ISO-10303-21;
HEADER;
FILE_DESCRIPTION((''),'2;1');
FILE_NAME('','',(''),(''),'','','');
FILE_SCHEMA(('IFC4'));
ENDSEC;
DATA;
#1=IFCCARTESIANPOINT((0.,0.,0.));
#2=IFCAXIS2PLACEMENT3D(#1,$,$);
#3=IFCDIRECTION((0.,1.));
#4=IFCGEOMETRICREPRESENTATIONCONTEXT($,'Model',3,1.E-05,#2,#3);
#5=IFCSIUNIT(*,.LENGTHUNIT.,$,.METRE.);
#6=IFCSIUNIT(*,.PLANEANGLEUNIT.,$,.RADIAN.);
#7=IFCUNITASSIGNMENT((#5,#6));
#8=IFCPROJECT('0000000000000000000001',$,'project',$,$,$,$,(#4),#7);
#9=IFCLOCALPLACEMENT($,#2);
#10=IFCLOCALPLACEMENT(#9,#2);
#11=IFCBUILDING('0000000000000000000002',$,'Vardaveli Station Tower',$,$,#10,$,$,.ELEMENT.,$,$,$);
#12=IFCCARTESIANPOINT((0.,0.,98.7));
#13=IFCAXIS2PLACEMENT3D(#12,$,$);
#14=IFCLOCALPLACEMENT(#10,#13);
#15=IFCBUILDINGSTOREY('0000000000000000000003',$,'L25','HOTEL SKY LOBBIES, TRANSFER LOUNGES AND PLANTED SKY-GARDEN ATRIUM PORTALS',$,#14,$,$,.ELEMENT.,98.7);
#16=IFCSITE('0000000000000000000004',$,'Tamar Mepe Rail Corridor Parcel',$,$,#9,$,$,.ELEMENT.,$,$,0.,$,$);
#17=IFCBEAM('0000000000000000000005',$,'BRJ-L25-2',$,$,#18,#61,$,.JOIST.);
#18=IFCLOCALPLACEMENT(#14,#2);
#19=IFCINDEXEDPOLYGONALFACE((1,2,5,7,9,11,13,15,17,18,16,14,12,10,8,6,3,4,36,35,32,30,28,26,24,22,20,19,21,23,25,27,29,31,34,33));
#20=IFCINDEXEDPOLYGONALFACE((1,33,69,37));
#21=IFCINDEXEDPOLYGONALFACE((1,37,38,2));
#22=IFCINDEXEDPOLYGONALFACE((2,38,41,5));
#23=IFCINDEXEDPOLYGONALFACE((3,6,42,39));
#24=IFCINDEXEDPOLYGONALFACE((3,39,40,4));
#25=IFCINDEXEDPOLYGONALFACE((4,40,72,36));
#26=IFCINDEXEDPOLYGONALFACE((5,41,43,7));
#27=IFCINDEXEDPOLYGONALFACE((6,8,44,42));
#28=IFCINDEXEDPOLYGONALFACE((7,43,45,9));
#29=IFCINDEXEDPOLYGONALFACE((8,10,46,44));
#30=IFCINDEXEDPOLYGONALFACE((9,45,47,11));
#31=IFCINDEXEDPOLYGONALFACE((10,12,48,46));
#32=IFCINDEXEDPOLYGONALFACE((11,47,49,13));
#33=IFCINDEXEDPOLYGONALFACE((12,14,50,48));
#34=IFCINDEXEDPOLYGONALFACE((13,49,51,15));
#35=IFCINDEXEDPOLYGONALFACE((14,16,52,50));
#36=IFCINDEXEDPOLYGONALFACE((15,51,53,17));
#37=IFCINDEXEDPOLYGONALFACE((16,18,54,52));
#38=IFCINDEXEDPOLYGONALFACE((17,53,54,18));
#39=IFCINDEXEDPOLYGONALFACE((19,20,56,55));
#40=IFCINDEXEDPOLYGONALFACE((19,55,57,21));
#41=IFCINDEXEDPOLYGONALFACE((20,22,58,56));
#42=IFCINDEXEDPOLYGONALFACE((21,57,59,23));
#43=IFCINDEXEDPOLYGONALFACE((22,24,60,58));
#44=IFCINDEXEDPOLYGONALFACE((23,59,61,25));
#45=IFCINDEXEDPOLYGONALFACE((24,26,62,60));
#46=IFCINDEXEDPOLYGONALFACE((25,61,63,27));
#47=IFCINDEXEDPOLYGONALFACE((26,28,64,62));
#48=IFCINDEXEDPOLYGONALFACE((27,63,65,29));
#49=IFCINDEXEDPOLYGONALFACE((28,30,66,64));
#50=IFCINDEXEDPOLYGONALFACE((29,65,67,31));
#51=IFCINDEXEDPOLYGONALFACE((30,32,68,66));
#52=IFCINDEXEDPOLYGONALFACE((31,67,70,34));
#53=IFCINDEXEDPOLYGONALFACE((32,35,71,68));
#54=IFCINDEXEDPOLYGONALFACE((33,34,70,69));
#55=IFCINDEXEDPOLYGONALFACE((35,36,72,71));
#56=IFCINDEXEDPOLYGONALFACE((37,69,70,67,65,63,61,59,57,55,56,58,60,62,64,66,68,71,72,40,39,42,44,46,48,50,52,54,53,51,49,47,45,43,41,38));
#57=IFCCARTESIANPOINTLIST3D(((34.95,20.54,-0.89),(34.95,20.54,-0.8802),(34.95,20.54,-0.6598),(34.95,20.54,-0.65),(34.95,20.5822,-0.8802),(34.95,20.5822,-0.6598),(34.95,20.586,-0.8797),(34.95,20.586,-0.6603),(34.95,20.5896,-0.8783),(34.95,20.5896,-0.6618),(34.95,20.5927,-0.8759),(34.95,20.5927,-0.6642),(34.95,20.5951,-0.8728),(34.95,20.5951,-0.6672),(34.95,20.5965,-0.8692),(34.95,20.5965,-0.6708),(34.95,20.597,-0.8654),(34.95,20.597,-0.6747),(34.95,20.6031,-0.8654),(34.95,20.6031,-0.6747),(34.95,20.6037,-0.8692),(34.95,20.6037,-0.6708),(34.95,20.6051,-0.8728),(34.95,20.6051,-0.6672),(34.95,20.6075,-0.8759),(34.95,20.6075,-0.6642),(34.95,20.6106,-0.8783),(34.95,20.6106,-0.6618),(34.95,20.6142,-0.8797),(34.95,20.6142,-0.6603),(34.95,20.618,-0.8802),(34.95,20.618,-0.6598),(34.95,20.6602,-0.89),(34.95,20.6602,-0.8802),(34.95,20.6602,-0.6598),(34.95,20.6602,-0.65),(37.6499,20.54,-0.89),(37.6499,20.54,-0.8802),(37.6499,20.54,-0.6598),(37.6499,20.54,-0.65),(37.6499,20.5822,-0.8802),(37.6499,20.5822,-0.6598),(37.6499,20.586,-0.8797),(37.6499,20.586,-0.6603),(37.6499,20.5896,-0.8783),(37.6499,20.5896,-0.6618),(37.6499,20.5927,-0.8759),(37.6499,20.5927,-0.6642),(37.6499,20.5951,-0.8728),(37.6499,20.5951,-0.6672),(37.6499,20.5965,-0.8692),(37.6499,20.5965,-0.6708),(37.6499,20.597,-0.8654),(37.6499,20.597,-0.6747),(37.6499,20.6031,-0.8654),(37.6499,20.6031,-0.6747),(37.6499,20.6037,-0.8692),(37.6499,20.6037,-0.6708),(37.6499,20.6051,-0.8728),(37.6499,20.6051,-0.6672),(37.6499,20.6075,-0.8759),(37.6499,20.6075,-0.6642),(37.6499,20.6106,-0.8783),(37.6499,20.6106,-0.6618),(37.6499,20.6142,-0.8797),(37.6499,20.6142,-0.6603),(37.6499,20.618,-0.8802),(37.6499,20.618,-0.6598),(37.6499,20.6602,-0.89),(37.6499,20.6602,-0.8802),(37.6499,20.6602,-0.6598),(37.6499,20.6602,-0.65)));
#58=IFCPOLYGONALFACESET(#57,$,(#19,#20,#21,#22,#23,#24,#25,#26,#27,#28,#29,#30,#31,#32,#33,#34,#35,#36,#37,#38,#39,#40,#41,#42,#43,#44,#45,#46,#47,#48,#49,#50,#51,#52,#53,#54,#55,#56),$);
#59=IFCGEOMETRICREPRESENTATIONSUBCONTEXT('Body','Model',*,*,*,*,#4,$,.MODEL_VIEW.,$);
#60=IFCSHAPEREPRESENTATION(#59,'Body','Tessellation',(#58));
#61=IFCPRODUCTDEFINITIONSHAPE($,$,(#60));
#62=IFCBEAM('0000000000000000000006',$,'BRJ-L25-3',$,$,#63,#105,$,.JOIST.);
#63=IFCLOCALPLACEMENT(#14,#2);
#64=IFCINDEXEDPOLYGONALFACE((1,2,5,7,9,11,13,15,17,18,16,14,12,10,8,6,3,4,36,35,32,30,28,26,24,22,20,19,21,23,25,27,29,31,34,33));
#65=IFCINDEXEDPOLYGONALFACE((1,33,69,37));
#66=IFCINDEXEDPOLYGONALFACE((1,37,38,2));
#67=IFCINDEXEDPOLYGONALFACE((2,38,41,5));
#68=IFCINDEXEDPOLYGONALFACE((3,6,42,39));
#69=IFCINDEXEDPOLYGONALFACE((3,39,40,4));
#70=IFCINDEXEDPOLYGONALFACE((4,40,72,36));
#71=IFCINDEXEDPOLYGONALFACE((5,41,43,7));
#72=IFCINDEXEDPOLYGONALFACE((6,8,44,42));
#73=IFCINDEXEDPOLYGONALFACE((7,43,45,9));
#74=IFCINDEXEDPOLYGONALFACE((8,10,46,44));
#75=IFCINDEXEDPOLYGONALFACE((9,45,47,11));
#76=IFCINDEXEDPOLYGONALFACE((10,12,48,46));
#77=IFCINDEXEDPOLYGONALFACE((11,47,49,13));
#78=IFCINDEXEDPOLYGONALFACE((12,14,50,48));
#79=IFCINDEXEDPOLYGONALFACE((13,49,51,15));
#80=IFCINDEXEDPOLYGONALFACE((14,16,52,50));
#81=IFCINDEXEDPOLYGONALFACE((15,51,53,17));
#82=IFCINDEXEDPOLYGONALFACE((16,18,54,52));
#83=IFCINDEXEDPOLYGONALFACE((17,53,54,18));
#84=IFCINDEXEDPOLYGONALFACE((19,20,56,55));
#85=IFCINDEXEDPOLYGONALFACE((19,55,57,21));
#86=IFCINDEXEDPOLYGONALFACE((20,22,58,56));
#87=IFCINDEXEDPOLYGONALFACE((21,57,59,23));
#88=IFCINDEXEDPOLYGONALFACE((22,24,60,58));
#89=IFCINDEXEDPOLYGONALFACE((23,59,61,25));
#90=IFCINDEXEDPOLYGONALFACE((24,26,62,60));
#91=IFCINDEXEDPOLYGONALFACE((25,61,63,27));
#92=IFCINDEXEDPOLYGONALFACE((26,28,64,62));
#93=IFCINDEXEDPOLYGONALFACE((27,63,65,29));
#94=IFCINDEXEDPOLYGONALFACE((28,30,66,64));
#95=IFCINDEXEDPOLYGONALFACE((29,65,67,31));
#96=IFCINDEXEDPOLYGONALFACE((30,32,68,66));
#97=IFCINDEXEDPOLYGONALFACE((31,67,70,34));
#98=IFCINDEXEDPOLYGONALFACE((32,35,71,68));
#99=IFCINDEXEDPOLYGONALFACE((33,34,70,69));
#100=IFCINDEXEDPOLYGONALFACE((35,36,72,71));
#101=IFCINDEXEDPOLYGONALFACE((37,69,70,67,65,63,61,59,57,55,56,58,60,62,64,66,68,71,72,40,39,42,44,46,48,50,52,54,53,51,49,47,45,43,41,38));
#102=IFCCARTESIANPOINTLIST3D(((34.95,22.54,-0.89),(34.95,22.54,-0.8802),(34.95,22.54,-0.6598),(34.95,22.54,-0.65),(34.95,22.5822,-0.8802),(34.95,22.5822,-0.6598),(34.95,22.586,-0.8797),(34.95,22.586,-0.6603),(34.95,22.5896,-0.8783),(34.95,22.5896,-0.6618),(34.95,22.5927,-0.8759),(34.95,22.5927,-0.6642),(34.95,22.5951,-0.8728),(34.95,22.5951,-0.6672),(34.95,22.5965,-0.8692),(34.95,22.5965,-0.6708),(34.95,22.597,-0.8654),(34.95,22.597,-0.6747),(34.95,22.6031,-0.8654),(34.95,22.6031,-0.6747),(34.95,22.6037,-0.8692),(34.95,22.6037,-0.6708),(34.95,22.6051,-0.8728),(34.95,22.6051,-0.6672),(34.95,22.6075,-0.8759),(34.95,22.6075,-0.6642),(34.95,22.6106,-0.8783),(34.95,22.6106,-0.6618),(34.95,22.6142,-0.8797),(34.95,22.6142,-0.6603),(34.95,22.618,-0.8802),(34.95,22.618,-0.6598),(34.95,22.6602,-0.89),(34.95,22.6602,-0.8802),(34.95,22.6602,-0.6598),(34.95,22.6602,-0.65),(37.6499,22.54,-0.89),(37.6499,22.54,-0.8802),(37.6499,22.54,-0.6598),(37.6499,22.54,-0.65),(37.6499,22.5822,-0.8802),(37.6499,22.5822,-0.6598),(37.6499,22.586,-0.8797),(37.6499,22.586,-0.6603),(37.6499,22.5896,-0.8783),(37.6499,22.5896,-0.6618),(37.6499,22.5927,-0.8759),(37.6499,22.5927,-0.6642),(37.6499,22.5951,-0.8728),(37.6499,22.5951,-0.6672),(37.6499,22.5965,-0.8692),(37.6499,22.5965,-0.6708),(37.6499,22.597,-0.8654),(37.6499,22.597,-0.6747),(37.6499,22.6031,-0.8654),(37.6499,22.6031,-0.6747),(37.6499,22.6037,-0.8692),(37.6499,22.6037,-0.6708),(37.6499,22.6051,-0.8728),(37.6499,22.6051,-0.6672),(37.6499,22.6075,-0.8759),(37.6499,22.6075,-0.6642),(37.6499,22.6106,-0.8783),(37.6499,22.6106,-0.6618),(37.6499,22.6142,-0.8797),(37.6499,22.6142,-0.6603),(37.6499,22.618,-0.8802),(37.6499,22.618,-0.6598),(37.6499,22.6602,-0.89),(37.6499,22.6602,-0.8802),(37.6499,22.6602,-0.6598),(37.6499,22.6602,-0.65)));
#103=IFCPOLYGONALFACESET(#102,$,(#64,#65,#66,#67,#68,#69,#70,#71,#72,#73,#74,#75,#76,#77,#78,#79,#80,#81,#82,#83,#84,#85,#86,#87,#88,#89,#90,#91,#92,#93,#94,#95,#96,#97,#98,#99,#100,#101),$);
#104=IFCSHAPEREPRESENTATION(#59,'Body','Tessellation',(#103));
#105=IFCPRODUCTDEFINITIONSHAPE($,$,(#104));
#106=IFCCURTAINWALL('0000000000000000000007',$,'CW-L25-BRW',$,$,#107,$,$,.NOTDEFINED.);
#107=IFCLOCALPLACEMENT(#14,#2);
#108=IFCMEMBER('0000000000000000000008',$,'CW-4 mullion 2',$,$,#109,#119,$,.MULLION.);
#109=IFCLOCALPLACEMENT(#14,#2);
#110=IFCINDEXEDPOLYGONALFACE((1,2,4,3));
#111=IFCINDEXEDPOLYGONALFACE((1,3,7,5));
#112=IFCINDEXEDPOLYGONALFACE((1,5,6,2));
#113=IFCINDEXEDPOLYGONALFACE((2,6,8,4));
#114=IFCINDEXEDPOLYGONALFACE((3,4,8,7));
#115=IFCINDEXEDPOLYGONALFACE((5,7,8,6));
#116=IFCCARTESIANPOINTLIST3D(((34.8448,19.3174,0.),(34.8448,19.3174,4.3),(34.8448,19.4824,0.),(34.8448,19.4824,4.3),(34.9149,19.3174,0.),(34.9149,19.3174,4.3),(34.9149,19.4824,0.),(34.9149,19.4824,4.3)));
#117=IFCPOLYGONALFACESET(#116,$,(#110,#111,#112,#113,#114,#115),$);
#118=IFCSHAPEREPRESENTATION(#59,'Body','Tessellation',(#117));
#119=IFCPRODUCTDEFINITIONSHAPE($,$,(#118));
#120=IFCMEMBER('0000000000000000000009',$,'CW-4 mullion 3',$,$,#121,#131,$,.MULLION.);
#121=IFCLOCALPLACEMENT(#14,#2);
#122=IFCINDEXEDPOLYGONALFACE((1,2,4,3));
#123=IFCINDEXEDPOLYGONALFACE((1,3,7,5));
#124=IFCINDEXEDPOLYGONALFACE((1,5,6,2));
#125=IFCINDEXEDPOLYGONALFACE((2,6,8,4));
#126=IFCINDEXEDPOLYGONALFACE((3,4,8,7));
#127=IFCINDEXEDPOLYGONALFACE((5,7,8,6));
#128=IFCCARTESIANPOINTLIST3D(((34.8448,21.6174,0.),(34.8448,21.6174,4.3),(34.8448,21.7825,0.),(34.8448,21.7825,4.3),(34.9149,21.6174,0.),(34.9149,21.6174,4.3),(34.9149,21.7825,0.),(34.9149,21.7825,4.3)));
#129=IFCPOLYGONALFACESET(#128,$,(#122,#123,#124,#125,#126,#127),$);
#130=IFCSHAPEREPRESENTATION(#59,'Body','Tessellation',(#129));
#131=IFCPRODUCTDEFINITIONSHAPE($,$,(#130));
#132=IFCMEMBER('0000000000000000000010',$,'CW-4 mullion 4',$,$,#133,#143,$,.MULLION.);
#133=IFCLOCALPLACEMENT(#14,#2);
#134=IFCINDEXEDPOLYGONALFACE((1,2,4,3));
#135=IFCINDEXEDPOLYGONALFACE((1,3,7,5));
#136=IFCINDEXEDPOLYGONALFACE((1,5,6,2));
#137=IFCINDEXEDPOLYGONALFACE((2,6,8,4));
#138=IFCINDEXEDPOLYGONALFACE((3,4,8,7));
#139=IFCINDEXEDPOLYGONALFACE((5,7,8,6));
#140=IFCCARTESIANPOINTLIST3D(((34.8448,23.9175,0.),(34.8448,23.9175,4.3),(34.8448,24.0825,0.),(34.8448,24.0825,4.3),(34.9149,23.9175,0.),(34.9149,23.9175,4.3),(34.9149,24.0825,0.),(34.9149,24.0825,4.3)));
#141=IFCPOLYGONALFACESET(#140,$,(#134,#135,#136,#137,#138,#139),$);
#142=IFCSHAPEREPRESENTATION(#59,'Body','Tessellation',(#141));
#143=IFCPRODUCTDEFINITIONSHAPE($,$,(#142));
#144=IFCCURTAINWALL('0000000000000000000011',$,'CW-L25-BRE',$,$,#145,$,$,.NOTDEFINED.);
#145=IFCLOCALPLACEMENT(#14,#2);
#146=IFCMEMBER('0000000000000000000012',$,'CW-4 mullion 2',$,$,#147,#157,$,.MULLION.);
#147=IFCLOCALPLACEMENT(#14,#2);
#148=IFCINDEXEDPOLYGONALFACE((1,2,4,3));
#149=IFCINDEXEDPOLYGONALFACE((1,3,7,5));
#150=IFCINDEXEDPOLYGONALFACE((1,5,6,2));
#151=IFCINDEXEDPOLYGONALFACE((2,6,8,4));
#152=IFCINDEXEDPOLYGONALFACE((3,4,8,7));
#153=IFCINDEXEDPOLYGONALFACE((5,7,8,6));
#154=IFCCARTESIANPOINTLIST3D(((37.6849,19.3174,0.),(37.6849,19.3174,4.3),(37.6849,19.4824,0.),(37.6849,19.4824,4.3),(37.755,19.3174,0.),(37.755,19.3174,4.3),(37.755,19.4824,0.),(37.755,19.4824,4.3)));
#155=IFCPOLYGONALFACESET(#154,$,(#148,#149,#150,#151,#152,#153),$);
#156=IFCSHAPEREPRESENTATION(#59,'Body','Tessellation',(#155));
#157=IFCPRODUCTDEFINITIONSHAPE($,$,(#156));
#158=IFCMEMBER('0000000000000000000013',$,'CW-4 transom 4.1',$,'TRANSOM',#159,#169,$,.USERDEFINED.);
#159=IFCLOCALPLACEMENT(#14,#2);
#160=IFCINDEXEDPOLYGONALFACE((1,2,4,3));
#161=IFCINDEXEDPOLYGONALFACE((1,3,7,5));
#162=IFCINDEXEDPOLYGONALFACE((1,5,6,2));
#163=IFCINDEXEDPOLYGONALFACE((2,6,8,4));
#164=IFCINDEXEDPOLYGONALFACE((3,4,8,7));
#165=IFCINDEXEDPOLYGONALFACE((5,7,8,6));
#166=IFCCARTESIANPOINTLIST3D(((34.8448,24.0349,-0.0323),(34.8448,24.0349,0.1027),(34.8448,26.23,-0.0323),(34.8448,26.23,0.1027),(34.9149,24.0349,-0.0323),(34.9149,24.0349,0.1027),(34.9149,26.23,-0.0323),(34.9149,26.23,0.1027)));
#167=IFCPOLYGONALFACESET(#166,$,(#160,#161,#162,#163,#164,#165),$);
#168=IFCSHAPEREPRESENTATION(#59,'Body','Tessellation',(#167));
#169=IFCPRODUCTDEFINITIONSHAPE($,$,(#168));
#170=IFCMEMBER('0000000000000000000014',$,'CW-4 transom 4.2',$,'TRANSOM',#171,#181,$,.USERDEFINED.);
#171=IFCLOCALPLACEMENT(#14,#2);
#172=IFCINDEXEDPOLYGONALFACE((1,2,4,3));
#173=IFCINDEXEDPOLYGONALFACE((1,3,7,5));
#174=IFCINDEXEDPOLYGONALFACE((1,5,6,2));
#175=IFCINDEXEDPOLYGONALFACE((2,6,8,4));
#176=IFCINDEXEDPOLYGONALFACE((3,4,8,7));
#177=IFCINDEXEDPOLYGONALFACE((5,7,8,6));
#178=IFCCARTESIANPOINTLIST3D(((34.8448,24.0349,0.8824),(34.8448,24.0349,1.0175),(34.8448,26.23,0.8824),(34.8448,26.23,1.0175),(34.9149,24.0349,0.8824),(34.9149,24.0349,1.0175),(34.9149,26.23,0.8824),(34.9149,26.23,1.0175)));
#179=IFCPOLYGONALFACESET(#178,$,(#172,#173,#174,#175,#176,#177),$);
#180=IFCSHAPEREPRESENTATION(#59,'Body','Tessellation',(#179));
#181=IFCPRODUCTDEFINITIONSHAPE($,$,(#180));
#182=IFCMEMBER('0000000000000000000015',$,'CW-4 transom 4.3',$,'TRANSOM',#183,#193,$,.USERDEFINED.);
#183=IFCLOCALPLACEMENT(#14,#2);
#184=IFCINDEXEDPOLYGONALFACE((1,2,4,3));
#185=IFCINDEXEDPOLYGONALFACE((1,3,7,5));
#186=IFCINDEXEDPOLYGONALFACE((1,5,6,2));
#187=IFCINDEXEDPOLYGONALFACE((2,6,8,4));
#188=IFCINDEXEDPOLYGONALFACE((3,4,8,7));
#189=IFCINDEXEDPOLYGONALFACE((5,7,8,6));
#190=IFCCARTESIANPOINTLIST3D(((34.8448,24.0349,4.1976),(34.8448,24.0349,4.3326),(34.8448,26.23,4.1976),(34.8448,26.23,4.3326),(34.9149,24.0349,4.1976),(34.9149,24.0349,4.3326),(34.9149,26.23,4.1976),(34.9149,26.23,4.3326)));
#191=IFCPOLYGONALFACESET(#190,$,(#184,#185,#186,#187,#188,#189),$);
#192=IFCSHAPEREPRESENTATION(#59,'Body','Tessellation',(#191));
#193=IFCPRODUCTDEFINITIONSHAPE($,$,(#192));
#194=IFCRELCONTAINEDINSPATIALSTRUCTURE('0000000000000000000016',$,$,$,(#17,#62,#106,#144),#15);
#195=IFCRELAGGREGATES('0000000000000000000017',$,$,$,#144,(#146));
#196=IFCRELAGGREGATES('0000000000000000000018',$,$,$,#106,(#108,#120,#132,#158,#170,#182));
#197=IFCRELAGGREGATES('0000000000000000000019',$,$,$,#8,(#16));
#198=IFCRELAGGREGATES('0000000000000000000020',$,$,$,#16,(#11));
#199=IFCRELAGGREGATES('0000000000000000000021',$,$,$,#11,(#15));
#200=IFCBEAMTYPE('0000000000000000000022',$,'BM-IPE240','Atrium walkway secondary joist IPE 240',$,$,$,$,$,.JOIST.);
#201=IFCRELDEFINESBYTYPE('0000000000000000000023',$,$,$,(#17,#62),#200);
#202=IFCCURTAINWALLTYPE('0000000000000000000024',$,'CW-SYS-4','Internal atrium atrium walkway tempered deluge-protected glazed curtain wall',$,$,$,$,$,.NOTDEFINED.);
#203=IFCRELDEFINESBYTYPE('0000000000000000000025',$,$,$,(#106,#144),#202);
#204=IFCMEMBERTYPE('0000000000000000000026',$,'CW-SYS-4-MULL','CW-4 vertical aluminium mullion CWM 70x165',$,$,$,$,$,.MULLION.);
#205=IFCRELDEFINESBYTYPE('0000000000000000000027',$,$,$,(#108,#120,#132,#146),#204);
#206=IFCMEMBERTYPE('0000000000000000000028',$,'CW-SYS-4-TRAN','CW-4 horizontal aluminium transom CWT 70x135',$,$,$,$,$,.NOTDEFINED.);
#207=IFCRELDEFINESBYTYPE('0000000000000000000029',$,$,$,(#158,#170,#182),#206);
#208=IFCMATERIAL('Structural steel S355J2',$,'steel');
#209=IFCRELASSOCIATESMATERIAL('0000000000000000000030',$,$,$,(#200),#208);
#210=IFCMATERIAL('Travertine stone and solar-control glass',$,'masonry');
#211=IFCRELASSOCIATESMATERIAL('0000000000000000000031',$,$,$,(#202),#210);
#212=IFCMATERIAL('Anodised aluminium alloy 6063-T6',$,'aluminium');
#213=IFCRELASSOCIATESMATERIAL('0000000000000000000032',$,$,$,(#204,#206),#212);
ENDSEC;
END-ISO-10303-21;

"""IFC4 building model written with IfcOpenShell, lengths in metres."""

from ifc_helpers import new_model, si_unit, direction, frame, origin, origin_2d, place, context, subcontext, project, spatial, rectangle, i_section, extrude, source, transform, mapped, material, material_profile, profile_set, type_object, element, aggregate, save


model = new_model("IFC4")

# Units and contexts
model_context = context("Model", 3, precision=1e-05, world=origin(), true_north=direction((0.0, 1.0)))
body_context = subcontext(model_context, "Body", "Model", "MODEL_VIEW")
ifc_project = project(units=[si_unit("LENGTHUNIT", "METRE"), si_unit("PLANEANGLEUNIT", "RADIAN")], contexts=[model_context])

# Site, building, storey
site_placement = place(None, origin())
site = spatial("IfcSite", under=ifc_project, at=site_placement, Name="Tamar Mepe Rail Corridor Parcel", CompositionType="ELEMENT", RefElevation=0.0)
building_placement = place(site_placement, origin())
building = spatial("IfcBuilding", under=site, at=building_placement, Name="Vardaveli Station Tower", CompositionType="ELEMENT")
storey_placement = place(building_placement, frame((0.0, 0.0, 98.7)))
storey = spatial("IfcBuildingStorey", under=building, at=storey_placement, Name="L25", Description="HOTEL SKY LOBBIES, TRANSFER LOUNGES AND PLANTED SKY-GARDEN ATRIUM PORTALS", CompositionType="ELEMENT", Elevation=98.7)

# Beams
ifc_material_1 = material(Name="Structural steel S355J2", Category="steel")
ifc_material_profile_1 = material_profile(ifc_material_1, i_section(OverallWidth=0.1201, OverallDepth=0.24, WebThickness=0.0061, FlangeThickness=0.0098, FilletRadius=0.0149, at=origin_2d()), Name="IPE 240")
ifc_profile_set_1 = profile_set([ifc_material_profile_1], Name="Structural steel S355J2")
beam_type = type_object("IfcBeamType", Name="BM-IPE240", Description="Atrium walkway secondary joist IPE 240", PredefinedType="JOIST", material=ifc_profile_set_1)
shared_shape_1 = source(origin(), body_context, "Body", "SweptSolid", [
    extrude(i_section(OverallWidth=0.1201, OverallDepth=0.24, WebThickness=0.0061, FlangeThickness=0.0098, FilletRadius=0.0149, at=origin_2d()), origin(), (0.0, 0.0, 1.0), 2.7),
])
for number, where, z_axis, x_axis, name in (
    (1, (34.95, 20.6001, -0.77), (1.0, 0.0, 0.0), (0.0, 1.0, 0.0), "BRJ-L25-2"),
    (2, (34.95, 22.6001, -0.77), (1.0, 0.0, 0.0), (0.0, 1.0, 0.0), "BRJ-L25-3"),
):
    element("IfcBeam", number, at=place(storey_placement, frame(where, z_axis=z_axis, x_axis=x_axis)), inside=storey, type_object=beam_type, Name=name, PredefinedType="JOIST", context=body_context, shape_type="MappedRepresentation", body=[
        mapped(shared_shape_1, transform((0.0, 0.0, 0.0), scale=1.0)),
    ])

# Curtain wall, members
ifc_material_2 = material(Name="Travertine stone and solar-control glass", Category="masonry")
curtain_wall_type = type_object("IfcCurtainWallType", Name="CW-SYS-4", Description="Internal atrium atrium walkway tempered deluge-protected glazed curtain wall", PredefinedType="NOTDEFINED", material=ifc_material_2)
curtain_wall_1_placement = place(storey_placement, origin())
curtain_wall_1 = element("IfcCurtainWall", 3, at=curtain_wall_1_placement, inside=storey, type_object=curtain_wall_type, Name="CW-L25-BRW", PredefinedType="NOTDEFINED")
ifc_material_3 = material(Name="Anodised aluminium alloy 6063-T6", Category="aluminium")
ifc_material_profile_2 = material_profile(ifc_material_3, rectangle(XDim=0.0701, YDim=0.165, at=origin_2d()), Name="CWM 70x165")
ifc_profile_set_2 = profile_set([ifc_material_profile_2], Name="Anodised aluminium alloy 6063-T6")
member_type_1 = type_object("IfcMemberType", Name="CW-SYS-4-MULL", Description="CW-4 vertical aluminium mullion CWM 70x165", PredefinedType="MULLION", material=ifc_profile_set_2)
shared_shape_2 = source(origin(), body_context, "Body", "SweptSolid", [
    extrude(rectangle(XDim=0.0701, YDim=0.165, at=origin_2d()), origin(), (0.0, 0.0, 1.0), 4.3),
])
member_1_placement = place(storey_placement, frame((34.8799, 19.3999, 0.0), z_axis=(0.0, 0.0, 1.0), x_axis=(-1.0, 0.0, 0.0)))
member_1 = element("IfcMember", 4, at=member_1_placement, type_object=member_type_1, Name="CW-4 mullion 2", PredefinedType="MULLION", context=body_context, shape_type="MappedRepresentation", body=[
    mapped(shared_shape_2, transform((0.0, 0.0, 0.0), scale=1.0)),
])
member_2_placement = place(storey_placement, frame((34.8799, 21.7, 0.0), z_axis=(0.0, 0.0, 1.0), x_axis=(-1.0, 0.0, 0.0)))
member_2 = element("IfcMember", 5, at=member_2_placement, type_object=member_type_1, Name="CW-4 mullion 3", PredefinedType="MULLION", context=body_context, shape_type="MappedRepresentation", body=[
    mapped(shared_shape_2, transform((0.0, 0.0, 0.0), scale=1.0)),
])
member_3_placement = place(storey_placement, frame((34.8799, 24.0, 0.0), z_axis=(0.0, 0.0, 1.0), x_axis=(-1.0, 0.0, 0.0)))
member_3 = element("IfcMember", 6, at=member_3_placement, type_object=member_type_1, Name="CW-4 mullion 4", PredefinedType="MULLION", context=body_context, shape_type="MappedRepresentation", body=[
    mapped(shared_shape_2, transform((0.0, 0.0, 0.0), scale=1.0)),
])

# Curtain wall, member
curtain_wall_2_placement = place(storey_placement, origin())
curtain_wall_2 = element("IfcCurtainWall", 7, at=curtain_wall_2_placement, inside=storey, type_object=curtain_wall_type, Name="CW-L25-BRE", PredefinedType="NOTDEFINED")
member_4_placement = place(storey_placement, frame((37.72, 19.3999, 0.0), z_axis=(0.0, 0.0, 1.0), x_axis=(-1.0, 0.0, 0.0)))
member_4 = element("IfcMember", 8, at=member_4_placement, type_object=member_type_1, Name="CW-4 mullion 2", PredefinedType="MULLION", context=body_context, shape_type="MappedRepresentation", body=[
    mapped(shared_shape_2, transform((0.0, 0.0, 0.0), scale=1.0)),
])

# Members
ifc_material_profile_3 = material_profile(ifc_material_3, rectangle(XDim=0.0701, YDim=0.135, at=origin_2d()), Name="CWT 70x135")
ifc_profile_set_3 = profile_set([ifc_material_profile_3], Name="Anodised aluminium alloy 6063-T6")
member_type_2 = type_object("IfcMemberType", Name="CW-SYS-4-TRAN", Description="CW-4 horizontal aluminium transom CWT 70x135", PredefinedType="NOTDEFINED", material=ifc_profile_set_3)
shared_shape_3 = source(origin(), body_context, "Body", "SweptSolid", [
    extrude(rectangle(XDim=0.0701, YDim=0.135, at=origin_2d()), origin(), (0.0, 0.0, 1.0), 2.1951),
])
member_5_placement = place(storey_placement, frame((34.8799, 24.0349, 0.0352), z_axis=(0.0, 1.0, 0.0), x_axis=(-1.0, 0.0, 0.0)))
member_5 = element("IfcMember", 9, at=member_5_placement, type_object=member_type_2, Name="CW-4 transom 4.1", ObjectType="TRANSOM", PredefinedType="USERDEFINED", context=body_context, shape_type="MappedRepresentation", body=[
    mapped(shared_shape_3, transform((0.0, 0.0, 0.0), scale=1.0)),
])
member_6_placement = place(storey_placement, frame((34.8799, 24.0349, 0.95), z_axis=(0.0, 1.0, 0.0), x_axis=(-1.0, 0.0, 0.0)))
member_6 = element("IfcMember", 10, at=member_6_placement, type_object=member_type_2, Name="CW-4 transom 4.2", ObjectType="TRANSOM", PredefinedType="USERDEFINED", context=body_context, shape_type="MappedRepresentation", body=[
    mapped(shared_shape_3, transform((0.0, 0.0, 0.0), scale=1.0)),
])
member_7_placement = place(storey_placement, frame((34.8799, 24.0349, 4.2651), z_axis=(0.0, 1.0, 0.0), x_axis=(-1.0, 0.0, 0.0)))
member_7 = element("IfcMember", 11, at=member_7_placement, type_object=member_type_2, Name="CW-4 transom 4.3", ObjectType="TRANSOM", PredefinedType="USERDEFINED", context=body_context, shape_type="MappedRepresentation", body=[
    mapped(shared_shape_3, transform((0.0, 0.0, 0.0), scale=1.0)),
])
aggregate(curtain_wall_2, [member_4])

aggregate(curtain_wall_1, [member_1, member_2, member_3, member_5, member_6, member_7])

save(model, "model.ifc")
